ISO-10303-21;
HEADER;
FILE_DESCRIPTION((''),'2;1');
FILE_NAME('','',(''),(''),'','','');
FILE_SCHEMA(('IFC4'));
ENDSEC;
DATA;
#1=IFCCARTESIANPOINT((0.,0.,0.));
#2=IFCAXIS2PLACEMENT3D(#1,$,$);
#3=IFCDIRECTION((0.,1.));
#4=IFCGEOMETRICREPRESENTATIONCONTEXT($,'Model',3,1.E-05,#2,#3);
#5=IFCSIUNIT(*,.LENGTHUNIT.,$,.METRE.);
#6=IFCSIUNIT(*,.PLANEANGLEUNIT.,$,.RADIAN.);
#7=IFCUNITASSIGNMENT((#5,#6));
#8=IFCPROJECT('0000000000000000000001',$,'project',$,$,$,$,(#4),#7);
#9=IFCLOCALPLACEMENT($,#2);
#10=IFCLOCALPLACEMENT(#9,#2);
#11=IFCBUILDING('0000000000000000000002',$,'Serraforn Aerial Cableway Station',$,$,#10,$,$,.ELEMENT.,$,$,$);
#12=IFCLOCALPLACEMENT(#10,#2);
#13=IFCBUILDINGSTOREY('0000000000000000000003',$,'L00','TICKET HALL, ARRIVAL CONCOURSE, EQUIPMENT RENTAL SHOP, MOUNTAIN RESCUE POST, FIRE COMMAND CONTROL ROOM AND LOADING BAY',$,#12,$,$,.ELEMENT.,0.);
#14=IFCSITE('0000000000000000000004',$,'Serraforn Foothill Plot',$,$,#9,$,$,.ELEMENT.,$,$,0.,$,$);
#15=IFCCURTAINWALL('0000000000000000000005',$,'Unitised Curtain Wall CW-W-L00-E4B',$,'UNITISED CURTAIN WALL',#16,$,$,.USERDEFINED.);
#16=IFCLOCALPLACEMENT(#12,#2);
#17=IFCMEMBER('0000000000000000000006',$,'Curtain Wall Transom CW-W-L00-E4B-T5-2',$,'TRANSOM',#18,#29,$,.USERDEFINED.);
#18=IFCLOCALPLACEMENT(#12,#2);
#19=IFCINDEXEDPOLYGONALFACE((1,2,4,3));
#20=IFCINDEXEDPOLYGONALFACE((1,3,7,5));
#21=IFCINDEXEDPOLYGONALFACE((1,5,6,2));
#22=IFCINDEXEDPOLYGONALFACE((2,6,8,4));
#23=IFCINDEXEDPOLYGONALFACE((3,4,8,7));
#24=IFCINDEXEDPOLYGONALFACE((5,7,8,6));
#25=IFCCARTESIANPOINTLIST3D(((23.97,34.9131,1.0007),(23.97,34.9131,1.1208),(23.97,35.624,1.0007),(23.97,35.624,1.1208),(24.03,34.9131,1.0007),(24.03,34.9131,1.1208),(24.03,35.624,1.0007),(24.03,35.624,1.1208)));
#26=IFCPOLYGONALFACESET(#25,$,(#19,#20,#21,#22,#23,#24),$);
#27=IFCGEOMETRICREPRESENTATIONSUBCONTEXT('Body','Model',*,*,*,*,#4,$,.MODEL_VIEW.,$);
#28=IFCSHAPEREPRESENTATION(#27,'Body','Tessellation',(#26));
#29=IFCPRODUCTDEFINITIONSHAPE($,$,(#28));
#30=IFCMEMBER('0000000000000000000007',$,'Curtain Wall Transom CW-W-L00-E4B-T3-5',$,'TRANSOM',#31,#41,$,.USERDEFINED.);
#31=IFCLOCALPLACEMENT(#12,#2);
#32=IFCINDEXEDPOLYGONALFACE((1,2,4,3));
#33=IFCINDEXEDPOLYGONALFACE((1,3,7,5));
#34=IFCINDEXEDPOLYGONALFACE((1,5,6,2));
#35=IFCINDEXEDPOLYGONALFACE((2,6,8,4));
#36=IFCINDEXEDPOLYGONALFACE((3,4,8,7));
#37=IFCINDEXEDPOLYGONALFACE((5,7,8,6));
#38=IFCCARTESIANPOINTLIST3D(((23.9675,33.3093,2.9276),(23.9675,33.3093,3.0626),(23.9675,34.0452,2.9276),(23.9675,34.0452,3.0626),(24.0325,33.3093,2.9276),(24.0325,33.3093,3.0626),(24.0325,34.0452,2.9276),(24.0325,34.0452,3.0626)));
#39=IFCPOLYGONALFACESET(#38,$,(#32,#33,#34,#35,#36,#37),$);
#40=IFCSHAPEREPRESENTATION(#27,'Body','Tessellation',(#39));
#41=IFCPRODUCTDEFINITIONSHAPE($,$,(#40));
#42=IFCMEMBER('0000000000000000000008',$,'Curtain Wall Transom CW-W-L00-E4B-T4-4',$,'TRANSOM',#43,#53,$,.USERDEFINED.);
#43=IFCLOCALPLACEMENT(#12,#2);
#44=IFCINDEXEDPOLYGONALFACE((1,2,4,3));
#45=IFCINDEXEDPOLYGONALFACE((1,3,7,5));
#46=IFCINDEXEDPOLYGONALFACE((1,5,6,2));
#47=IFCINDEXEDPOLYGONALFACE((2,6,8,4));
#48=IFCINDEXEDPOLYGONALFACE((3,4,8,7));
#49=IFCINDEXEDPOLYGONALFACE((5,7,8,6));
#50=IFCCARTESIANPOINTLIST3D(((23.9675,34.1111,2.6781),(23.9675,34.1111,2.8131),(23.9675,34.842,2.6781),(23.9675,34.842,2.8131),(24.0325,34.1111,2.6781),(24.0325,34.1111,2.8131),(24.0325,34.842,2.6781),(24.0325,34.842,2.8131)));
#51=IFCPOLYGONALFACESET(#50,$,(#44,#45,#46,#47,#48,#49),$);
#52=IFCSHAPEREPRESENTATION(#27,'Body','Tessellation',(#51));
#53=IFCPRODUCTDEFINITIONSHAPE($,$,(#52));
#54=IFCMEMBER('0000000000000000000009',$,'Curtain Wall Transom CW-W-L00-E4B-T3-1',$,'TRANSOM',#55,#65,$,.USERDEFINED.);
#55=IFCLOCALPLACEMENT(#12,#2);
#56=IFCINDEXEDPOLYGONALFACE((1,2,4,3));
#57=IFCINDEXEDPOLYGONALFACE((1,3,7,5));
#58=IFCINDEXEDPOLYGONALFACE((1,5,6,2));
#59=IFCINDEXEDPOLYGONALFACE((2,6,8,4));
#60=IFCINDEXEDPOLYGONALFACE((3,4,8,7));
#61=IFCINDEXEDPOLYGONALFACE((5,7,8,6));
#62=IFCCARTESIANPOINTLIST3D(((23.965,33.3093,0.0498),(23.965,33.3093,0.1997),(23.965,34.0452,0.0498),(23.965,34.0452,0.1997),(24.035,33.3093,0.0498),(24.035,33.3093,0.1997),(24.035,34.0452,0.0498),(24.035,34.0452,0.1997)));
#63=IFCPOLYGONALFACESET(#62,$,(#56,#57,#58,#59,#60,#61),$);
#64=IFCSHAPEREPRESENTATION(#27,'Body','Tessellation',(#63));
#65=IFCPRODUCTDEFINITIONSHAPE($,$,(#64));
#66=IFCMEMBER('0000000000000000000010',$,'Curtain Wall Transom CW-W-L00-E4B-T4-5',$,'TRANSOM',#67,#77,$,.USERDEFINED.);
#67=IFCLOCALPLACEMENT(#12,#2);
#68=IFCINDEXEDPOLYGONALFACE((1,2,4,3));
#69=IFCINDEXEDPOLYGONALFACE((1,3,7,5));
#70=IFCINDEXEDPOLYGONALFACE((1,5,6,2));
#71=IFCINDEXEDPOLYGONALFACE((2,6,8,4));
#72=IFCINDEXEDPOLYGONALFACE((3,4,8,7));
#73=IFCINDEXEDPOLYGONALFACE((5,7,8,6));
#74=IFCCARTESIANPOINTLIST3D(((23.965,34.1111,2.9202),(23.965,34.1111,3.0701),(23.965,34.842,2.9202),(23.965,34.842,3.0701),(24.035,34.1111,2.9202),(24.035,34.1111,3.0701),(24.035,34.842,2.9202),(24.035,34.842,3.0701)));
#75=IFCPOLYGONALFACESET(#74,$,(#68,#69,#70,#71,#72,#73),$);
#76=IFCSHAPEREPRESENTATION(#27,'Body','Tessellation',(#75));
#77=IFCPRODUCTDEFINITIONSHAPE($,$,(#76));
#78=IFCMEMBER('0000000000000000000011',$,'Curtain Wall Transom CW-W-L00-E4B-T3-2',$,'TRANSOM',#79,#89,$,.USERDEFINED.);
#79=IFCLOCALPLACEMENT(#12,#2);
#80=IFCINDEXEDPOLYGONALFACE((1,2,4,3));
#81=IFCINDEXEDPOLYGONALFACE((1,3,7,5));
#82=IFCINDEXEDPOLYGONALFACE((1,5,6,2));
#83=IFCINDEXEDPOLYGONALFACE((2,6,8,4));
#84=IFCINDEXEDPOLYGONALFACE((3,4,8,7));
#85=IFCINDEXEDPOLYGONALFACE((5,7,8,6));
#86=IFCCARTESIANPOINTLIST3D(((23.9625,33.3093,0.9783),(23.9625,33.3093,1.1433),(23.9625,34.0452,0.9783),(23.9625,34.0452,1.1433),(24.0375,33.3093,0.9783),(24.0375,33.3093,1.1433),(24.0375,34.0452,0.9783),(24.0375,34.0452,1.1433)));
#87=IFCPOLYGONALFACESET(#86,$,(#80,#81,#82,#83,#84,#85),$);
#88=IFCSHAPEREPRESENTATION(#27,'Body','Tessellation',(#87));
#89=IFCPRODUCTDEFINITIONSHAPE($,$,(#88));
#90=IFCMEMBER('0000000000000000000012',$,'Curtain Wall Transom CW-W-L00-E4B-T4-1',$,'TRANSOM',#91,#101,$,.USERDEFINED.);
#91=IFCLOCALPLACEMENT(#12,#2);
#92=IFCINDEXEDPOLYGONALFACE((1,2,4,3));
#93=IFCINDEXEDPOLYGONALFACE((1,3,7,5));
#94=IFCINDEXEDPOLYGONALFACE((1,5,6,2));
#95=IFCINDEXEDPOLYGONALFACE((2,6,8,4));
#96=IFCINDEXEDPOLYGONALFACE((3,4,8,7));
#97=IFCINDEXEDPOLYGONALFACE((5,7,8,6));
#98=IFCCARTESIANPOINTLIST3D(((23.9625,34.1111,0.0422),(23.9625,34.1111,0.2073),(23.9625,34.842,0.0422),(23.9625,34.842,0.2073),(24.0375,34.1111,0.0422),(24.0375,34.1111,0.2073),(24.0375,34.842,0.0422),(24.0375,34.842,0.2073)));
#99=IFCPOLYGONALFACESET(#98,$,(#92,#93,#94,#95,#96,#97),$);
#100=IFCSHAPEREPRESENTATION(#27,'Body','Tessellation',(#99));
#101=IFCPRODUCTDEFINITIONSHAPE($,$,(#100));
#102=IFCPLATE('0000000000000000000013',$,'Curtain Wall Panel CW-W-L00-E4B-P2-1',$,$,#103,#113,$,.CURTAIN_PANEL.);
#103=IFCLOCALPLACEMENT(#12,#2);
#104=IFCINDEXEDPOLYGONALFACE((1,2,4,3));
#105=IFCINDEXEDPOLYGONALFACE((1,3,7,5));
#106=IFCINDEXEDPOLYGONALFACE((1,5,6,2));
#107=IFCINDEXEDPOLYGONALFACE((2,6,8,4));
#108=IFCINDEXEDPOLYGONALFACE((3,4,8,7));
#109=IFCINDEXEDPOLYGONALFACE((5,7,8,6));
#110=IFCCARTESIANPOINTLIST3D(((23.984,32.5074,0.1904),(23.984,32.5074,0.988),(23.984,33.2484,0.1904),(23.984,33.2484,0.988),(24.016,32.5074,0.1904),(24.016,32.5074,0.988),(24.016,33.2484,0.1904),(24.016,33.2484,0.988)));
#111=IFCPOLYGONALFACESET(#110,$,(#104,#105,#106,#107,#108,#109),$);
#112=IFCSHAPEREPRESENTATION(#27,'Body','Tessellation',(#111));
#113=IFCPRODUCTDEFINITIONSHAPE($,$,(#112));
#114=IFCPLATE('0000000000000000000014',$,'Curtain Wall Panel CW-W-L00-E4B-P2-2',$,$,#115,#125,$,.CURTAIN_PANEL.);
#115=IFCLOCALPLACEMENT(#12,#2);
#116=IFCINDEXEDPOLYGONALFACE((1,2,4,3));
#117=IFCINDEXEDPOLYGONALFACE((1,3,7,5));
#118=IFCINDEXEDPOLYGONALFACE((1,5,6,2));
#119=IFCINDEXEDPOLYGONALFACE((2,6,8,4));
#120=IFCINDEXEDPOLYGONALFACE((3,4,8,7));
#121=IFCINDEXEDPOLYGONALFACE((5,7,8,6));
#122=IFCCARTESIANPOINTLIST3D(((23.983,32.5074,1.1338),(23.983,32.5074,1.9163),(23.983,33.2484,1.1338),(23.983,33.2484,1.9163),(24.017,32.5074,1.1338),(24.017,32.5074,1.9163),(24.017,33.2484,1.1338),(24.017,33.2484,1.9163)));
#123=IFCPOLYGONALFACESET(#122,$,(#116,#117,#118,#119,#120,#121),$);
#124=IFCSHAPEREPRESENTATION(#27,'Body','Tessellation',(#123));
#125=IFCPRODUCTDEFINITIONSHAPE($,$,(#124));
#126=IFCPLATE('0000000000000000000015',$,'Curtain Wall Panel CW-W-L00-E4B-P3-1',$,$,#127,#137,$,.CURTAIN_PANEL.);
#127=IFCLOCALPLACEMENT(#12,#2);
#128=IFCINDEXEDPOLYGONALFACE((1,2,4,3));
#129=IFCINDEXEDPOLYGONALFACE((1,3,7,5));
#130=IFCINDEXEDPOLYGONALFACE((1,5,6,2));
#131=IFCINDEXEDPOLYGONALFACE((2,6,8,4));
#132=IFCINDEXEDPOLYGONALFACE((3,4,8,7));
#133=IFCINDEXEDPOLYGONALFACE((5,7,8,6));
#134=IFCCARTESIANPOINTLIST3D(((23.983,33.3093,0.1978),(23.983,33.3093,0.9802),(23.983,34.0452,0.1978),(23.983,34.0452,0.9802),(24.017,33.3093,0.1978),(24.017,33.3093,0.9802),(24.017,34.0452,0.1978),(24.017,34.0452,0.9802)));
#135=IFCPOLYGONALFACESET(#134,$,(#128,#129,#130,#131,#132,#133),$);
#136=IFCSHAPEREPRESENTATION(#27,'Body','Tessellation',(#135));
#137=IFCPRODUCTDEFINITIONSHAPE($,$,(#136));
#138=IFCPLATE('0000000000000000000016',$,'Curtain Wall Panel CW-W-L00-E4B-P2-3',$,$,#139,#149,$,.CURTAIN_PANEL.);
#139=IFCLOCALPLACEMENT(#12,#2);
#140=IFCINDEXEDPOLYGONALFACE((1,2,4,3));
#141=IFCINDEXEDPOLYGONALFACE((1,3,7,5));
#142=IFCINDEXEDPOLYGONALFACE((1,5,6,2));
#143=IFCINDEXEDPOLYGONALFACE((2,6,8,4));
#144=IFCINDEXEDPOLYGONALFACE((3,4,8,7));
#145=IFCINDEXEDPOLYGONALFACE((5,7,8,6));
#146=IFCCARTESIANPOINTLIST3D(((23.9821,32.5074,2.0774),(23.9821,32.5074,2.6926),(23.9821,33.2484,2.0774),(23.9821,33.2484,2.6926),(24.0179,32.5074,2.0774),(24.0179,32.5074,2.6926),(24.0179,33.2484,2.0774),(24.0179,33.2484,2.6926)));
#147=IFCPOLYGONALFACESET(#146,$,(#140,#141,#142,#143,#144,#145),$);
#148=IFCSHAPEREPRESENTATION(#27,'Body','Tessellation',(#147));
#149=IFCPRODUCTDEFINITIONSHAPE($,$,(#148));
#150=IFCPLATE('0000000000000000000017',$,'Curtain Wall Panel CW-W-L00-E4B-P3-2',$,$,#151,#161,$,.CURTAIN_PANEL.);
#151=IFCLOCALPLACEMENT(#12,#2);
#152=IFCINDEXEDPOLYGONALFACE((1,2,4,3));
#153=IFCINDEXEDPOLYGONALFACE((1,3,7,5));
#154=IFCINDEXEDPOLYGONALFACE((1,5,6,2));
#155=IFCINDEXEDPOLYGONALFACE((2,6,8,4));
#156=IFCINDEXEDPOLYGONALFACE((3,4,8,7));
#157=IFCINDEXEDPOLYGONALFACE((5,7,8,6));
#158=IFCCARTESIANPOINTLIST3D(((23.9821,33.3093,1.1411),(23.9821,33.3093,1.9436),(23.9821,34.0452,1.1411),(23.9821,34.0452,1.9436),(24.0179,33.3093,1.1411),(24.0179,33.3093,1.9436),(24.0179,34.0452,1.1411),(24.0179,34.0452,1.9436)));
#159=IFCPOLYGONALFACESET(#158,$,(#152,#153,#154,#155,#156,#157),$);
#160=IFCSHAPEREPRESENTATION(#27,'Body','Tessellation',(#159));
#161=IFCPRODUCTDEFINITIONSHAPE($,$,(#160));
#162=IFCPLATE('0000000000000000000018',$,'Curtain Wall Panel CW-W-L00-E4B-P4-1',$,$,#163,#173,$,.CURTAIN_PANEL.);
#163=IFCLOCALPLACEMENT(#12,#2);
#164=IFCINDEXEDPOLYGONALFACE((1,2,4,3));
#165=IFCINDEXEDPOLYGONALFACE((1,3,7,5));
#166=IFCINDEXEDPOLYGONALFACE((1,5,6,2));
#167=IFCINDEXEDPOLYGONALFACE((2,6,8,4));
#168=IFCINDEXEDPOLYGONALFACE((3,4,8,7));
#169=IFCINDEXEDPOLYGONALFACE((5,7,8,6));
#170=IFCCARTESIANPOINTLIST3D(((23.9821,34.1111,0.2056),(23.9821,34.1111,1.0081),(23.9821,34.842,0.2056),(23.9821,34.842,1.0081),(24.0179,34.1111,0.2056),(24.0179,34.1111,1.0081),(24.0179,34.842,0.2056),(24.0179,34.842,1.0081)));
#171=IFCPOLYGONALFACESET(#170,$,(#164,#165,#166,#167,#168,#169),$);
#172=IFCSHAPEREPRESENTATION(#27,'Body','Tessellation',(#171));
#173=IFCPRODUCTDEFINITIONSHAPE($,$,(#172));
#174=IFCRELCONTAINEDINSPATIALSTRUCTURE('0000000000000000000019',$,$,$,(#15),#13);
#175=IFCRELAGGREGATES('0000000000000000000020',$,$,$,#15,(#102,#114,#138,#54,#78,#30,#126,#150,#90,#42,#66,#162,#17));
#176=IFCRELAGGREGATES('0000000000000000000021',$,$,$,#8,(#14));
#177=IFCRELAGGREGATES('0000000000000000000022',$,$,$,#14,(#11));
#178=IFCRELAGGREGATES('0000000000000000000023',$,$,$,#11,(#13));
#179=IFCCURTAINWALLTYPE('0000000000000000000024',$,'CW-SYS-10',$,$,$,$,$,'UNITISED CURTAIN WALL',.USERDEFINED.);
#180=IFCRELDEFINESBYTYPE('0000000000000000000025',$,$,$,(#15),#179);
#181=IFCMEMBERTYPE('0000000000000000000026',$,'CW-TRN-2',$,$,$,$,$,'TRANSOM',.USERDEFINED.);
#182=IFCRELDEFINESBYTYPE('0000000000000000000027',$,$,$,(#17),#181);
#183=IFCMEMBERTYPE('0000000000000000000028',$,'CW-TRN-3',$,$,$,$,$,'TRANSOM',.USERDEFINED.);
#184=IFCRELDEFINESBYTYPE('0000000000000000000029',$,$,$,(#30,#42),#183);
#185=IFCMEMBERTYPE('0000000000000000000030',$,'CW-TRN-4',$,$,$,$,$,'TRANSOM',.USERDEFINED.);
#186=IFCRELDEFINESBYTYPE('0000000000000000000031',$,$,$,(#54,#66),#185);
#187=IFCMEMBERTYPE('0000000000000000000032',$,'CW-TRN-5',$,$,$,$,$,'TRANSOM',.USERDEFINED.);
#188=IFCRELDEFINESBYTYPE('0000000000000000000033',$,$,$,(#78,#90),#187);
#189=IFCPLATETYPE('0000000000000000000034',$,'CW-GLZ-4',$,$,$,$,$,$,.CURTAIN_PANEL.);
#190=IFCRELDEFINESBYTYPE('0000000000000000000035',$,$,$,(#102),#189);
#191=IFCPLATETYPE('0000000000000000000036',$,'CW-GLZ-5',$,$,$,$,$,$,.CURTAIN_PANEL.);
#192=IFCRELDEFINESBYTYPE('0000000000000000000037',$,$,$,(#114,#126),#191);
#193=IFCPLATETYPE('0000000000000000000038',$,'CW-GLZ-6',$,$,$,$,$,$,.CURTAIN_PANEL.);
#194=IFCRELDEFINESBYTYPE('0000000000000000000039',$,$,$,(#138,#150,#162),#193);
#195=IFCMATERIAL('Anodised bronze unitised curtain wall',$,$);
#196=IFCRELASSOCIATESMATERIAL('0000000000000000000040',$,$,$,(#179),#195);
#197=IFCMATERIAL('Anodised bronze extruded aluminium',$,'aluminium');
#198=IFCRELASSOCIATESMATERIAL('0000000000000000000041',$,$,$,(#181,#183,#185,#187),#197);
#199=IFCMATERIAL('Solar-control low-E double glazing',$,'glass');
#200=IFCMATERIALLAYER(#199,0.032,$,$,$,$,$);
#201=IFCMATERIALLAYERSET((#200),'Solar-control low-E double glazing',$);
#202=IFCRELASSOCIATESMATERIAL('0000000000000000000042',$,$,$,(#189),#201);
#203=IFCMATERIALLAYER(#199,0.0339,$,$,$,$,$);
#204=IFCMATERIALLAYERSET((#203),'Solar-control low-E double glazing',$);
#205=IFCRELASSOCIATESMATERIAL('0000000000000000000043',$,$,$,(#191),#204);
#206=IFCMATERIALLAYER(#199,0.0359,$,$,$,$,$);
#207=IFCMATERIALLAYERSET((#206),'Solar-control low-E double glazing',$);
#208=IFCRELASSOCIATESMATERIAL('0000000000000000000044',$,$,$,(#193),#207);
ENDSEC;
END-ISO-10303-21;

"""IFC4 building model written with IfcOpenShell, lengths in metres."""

from ifc_helpers import new_model, si_unit, direction, frame, origin, origin_2d, place, context, subcontext, project, spatial, rectangle, extrude, material, layer, layer_set, material_profile, profile_set, type_object, element, aggregate, save


model = new_model("IFC4")

# Units and contexts
model_context = context("Model", 3, precision=1e-05, world=origin(), true_north=direction((0.0, 1.0)))
body_context = subcontext(model_context, "Body", "Model", "MODEL_VIEW")
ifc_project = project(units=[si_unit("LENGTHUNIT", "METRE"), si_unit("PLANEANGLEUNIT", "RADIAN")], contexts=[model_context])

# Site, building, storey
site_placement = place(None, origin())
site = spatial("IfcSite", under=ifc_project, at=site_placement, Name="Serraforn Foothill Plot", CompositionType="ELEMENT", RefElevation=0.0)
building_placement = place(site_placement, origin())
building = spatial("IfcBuilding", under=site, at=building_placement, Name="Serraforn Aerial Cableway Station", CompositionType="ELEMENT")
storey_placement = place(building_placement, origin())
storey = spatial("IfcBuildingStorey", under=building, at=storey_placement, Name="L00", Description="TICKET HALL, ARRIVAL CONCOURSE, EQUIPMENT RENTAL SHOP, MOUNTAIN RESCUE POST, FIRE COMMAND CONTROL ROOM AND LOADING BAY", CompositionType="ELEMENT", Elevation=0.0)

# Curtain wall, members, plates
ifc_material_1 = material(Name="Anodised bronze unitised curtain wall")
curtain_wall_type = type_object("IfcCurtainWallType", Name="CW-SYS-10", ElementType="UNITISED CURTAIN WALL", PredefinedType="USERDEFINED", material=ifc_material_1)
curtain_wall_placement = place(storey_placement, origin())
curtain_wall = element("IfcCurtainWall", 1, at=curtain_wall_placement, inside=storey, type_object=curtain_wall_type, Name="Unitised Curtain Wall CW-W-L00-E4B", ObjectType="UNITISED CURTAIN WALL", PredefinedType="USERDEFINED")
ifc_material_2 = material(Name="Anodised bronze extruded aluminium", Category="aluminium")
ifc_material_profile_1 = material_profile(ifc_material_2, rectangle(XDim=0.0601, YDim=0.1201, at=origin_2d()), Name="CW TRANSOM 60x120")
ifc_profile_set_1 = profile_set([ifc_material_profile_1], Name="Anodised bronze extruded aluminium")
member_type_1 = type_object("IfcMemberType", Name="CW-TRN-2", ElementType="TRANSOM", PredefinedType="USERDEFINED", material=ifc_profile_set_1)
member_1_placement = place(storey_placement, frame((24.0, 34.9131, 1.0608), z_axis=(0.0, 1.0, 0.0), x_axis=(-1.0, 0.0, 0.0)))
member_1 = element("IfcMember", 2, at=member_1_placement, type_object=member_type_1, Name="Curtain Wall Transom CW-W-L00-E4B-T5-2", ObjectType="TRANSOM", PredefinedType="USERDEFINED", context=body_context, shape_type="SweptSolid", body=[
    extrude(rectangle(XDim=0.0601, YDim=0.1201, at=origin_2d()), origin(), (0.0, 0.0, 1.0), 0.7109),
])
ifc_material_profile_2 = material_profile(ifc_material_2, rectangle(XDim=0.0649, YDim=0.135, at=origin_2d()), Name="CW TRANSOM 65x135")
ifc_profile_set_2 = profile_set([ifc_material_profile_2], Name="Anodised bronze extruded aluminium")
member_type_2 = type_object("IfcMemberType", Name="CW-TRN-3", ElementType="TRANSOM", PredefinedType="USERDEFINED", material=ifc_profile_set_2)
member_2_placement = place(storey_placement, frame((24.0, 33.3093, 2.9951), z_axis=(0.0, 1.0, 0.0), x_axis=(-1.0, 0.0, 0.0)))
member_2 = element("IfcMember", 3, at=member_2_placement, type_object=member_type_2, Name="Curtain Wall Transom CW-W-L00-E4B-T3-5", ObjectType="TRANSOM", PredefinedType="USERDEFINED", context=body_context, shape_type="SweptSolid", body=[
    extrude(rectangle(XDim=0.0649, YDim=0.135, at=origin_2d()), origin(), (0.0, 0.0, 1.0), 0.7358),
])
member_3_placement = place(storey_placement, frame((24.0, 34.1111, 2.7456), z_axis=(0.0, 1.0, 0.0), x_axis=(-1.0, 0.0, 0.0)))
member_3 = element("IfcMember", 4, at=member_3_placement, type_object=member_type_2, Name="Curtain Wall Transom CW-W-L00-E4B-T4-4", ObjectType="TRANSOM", PredefinedType="USERDEFINED", context=body_context, shape_type="SweptSolid", body=[
    extrude(rectangle(XDim=0.0649, YDim=0.135, at=origin_2d()), origin(), (0.0, 0.0, 1.0), 0.731),
])
ifc_material_profile_3 = material_profile(ifc_material_2, rectangle(XDim=0.0701, YDim=0.1499, at=origin_2d()), Name="CW TRANSOM 70x150")
ifc_profile_set_3 = profile_set([ifc_material_profile_3], Name="Anodised bronze extruded aluminium")
member_type_3 = type_object("IfcMemberType", Name="CW-TRN-4", ElementType="TRANSOM", PredefinedType="USERDEFINED", material=ifc_profile_set_3)
member_4_placement = place(storey_placement, frame((24.0, 33.3093, 0.1248), z_axis=(0.0, 1.0, 0.0), x_axis=(-1.0, 0.0, 0.0)))
member_4 = element("IfcMember", 5, at=member_4_placement, type_object=member_type_3, Name="Curtain Wall Transom CW-W-L00-E4B-T3-1", ObjectType="TRANSOM", PredefinedType="USERDEFINED", context=body_context, shape_type="SweptSolid", body=[
    extrude(rectangle(XDim=0.0701, YDim=0.1499, at=origin_2d()), origin(), (0.0, 0.0, 1.0), 0.7358),
])
member_5_placement = place(storey_placement, frame((24.0, 34.1111, 2.9951), z_axis=(0.0, 1.0, 0.0), x_axis=(-1.0, 0.0, 0.0)))
member_5 = element("IfcMember", 6, at=member_5_placement, type_object=member_type_3, Name="Curtain Wall Transom CW-W-L00-E4B-T4-5", ObjectType="TRANSOM", PredefinedType="USERDEFINED", context=body_context, shape_type="SweptSolid", body=[
    extrude(rectangle(XDim=0.0701, YDim=0.1499, at=origin_2d()), origin(), (0.0, 0.0, 1.0), 0.731),
])
ifc_material_profile_4 = material_profile(ifc_material_2, rectangle(XDim=0.075, YDim=0.165, at=origin_2d()), Name="CW TRANSOM 75x165")
ifc_profile_set_4 = profile_set([ifc_material_profile_4], Name="Anodised bronze extruded aluminium")
member_type_4 = type_object("IfcMemberType", Name="CW-TRN-5", ElementType="TRANSOM", PredefinedType="USERDEFINED", material=ifc_profile_set_4)
member_6_placement = place(storey_placement, frame((24.0, 33.3093, 1.0608), z_axis=(0.0, 1.0, 0.0), x_axis=(-1.0, 0.0, 0.0)))
member_6 = element("IfcMember", 7, at=member_6_placement, type_object=member_type_4, Name="Curtain Wall Transom CW-W-L00-E4B-T3-2", ObjectType="TRANSOM", PredefinedType="USERDEFINED", context=body_context, shape_type="SweptSolid", body=[
    extrude(rectangle(XDim=0.075, YDim=0.165, at=origin_2d()), origin(), (0.0, 0.0, 1.0), 0.7358),
])
member_7_placement = place(storey_placement, frame((24.0, 34.1111, 0.1248), z_axis=(0.0, 1.0, 0.0), x_axis=(-1.0, 0.0, 0.0)))
member_7 = element("IfcMember", 8, at=member_7_placement, type_object=member_type_4, Name="Curtain Wall Transom CW-W-L00-E4B-T4-1", ObjectType="TRANSOM", PredefinedType="USERDEFINED", context=body_context, shape_type="SweptSolid", body=[
    extrude(rectangle(XDim=0.075, YDim=0.165, at=origin_2d()), origin(), (0.0, 0.0, 1.0), 0.731),
])
ifc_material_3 = material(Name="Solar-control low-E double glazing", Category="glass")
ifc_layer_1 = layer(ifc_material_3, 0.032)
ifc_layer_set_1 = layer_set([ifc_layer_1], Name="Solar-control low-E double glazing")
plate_type_1 = type_object("IfcPlateType", Name="CW-GLZ-4", PredefinedType="CURTAIN_PANEL", material=ifc_layer_set_1)
plate_1_placement = place(storey_placement, frame((24.0, 32.8779, 0.1904), z_axis=(0.0, 0.0, 1.0), x_axis=(1.0, 0.0, 0.0)))
plate_1 = element("IfcPlate", 9, at=plate_1_placement, type_object=plate_type_1, Name="Curtain Wall Panel CW-W-L00-E4B-P2-1", PredefinedType="CURTAIN_PANEL", context=body_context, shape_type="SweptSolid", body=[
    extrude(rectangle(XDim=0.032, YDim=0.741, at=origin_2d()), origin(), (0.0, 0.0, 1.0), 0.7976),
])
ifc_layer_2 = layer(ifc_material_3, 0.0339)
ifc_layer_set_2 = layer_set([ifc_layer_2], Name="Solar-control low-E double glazing")
plate_type_2 = type_object("IfcPlateType", Name="CW-GLZ-5", PredefinedType="CURTAIN_PANEL", material=ifc_layer_set_2)
plate_2_placement = place(storey_placement, frame((24.0, 32.8779, 1.1338), z_axis=(0.0, 0.0, 1.0), x_axis=(1.0, 0.0, 0.0)))
plate_2 = element("IfcPlate", 10, at=plate_2_placement, type_object=plate_type_2, Name="Curtain Wall Panel CW-W-L00-E4B-P2-2", PredefinedType="CURTAIN_PANEL", context=body_context, shape_type="SweptSolid", body=[
    extrude(rectangle(XDim=0.0339, YDim=0.741, at=origin_2d()), origin(), (0.0, 0.0, 1.0), 0.7825),
])
plate_3_placement = place(storey_placement, frame((24.0, 33.6772, 0.1978), z_axis=(0.0, 0.0, 1.0), x_axis=(1.0, 0.0, 0.0)))
plate_3 = element("IfcPlate", 11, at=plate_3_placement, type_object=plate_type_2, Name="Curtain Wall Panel CW-W-L00-E4B-P3-1", PredefinedType="CURTAIN_PANEL", context=body_context, shape_type="SweptSolid", body=[
    extrude(rectangle(XDim=0.0339, YDim=0.7358, at=origin_2d()), origin(), (0.0, 0.0, 1.0), 0.7825),
])
ifc_layer_3 = layer(ifc_material_3, 0.0359)
ifc_layer_set_3 = layer_set([ifc_layer_3], Name="Solar-control low-E double glazing")
plate_type_3 = type_object("IfcPlateType", Name="CW-GLZ-6", PredefinedType="CURTAIN_PANEL", material=ifc_layer_set_3)
plate_4_placement = place(storey_placement, frame((24.0, 32.8779, 2.0774), z_axis=(0.0, 0.0, 1.0), x_axis=(1.0, 0.0, 0.0)))
plate_4 = element("IfcPlate", 12, at=plate_4_placement, type_object=plate_type_3, Name="Curtain Wall Panel CW-W-L00-E4B-P2-3", PredefinedType="CURTAIN_PANEL", context=body_context, shape_type="SweptSolid", body=[
    extrude(rectangle(XDim=0.0359, YDim=0.741, at=origin_2d()), origin(), (0.0, 0.0, 1.0), 0.6152),
])
plate_5_placement = place(storey_placement, frame((24.0, 33.6772, 1.1411), z_axis=(0.0, 0.0, 1.0), x_axis=(1.0, 0.0, 0.0)))
plate_5 = element("IfcPlate", 13, at=plate_5_placement, type_object=plate_type_3, Name="Curtain Wall Panel CW-W-L00-E4B-P3-2", PredefinedType="CURTAIN_PANEL", context=body_context, shape_type="SweptSolid", body=[
    extrude(rectangle(XDim=0.0359, YDim=0.7358, at=origin_2d()), origin(), (0.0, 0.0, 1.0), 0.8025),
])
plate_6_placement = place(storey_placement, frame((24.0, 34.4766, 0.2056), z_axis=(0.0, 0.0, 1.0), x_axis=(1.0, 0.0, 0.0)))
plate_6 = element("IfcPlate", 14, at=plate_6_placement, type_object=plate_type_3, Name="Curtain Wall Panel CW-W-L00-E4B-P4-1", PredefinedType="CURTAIN_PANEL", context=body_context, shape_type="SweptSolid", body=[
    extrude(rectangle(XDim=0.0359, YDim=0.731, at=origin_2d()), origin(), (0.0, 0.0, 1.0), 0.8025),
])
aggregate(curtain_wall, [plate_1, plate_2, plate_4, member_4, member_6, member_2, plate_3, plate_5, member_7, member_3, member_5, plate_6, member_1])

save(model, "model.ifc")
